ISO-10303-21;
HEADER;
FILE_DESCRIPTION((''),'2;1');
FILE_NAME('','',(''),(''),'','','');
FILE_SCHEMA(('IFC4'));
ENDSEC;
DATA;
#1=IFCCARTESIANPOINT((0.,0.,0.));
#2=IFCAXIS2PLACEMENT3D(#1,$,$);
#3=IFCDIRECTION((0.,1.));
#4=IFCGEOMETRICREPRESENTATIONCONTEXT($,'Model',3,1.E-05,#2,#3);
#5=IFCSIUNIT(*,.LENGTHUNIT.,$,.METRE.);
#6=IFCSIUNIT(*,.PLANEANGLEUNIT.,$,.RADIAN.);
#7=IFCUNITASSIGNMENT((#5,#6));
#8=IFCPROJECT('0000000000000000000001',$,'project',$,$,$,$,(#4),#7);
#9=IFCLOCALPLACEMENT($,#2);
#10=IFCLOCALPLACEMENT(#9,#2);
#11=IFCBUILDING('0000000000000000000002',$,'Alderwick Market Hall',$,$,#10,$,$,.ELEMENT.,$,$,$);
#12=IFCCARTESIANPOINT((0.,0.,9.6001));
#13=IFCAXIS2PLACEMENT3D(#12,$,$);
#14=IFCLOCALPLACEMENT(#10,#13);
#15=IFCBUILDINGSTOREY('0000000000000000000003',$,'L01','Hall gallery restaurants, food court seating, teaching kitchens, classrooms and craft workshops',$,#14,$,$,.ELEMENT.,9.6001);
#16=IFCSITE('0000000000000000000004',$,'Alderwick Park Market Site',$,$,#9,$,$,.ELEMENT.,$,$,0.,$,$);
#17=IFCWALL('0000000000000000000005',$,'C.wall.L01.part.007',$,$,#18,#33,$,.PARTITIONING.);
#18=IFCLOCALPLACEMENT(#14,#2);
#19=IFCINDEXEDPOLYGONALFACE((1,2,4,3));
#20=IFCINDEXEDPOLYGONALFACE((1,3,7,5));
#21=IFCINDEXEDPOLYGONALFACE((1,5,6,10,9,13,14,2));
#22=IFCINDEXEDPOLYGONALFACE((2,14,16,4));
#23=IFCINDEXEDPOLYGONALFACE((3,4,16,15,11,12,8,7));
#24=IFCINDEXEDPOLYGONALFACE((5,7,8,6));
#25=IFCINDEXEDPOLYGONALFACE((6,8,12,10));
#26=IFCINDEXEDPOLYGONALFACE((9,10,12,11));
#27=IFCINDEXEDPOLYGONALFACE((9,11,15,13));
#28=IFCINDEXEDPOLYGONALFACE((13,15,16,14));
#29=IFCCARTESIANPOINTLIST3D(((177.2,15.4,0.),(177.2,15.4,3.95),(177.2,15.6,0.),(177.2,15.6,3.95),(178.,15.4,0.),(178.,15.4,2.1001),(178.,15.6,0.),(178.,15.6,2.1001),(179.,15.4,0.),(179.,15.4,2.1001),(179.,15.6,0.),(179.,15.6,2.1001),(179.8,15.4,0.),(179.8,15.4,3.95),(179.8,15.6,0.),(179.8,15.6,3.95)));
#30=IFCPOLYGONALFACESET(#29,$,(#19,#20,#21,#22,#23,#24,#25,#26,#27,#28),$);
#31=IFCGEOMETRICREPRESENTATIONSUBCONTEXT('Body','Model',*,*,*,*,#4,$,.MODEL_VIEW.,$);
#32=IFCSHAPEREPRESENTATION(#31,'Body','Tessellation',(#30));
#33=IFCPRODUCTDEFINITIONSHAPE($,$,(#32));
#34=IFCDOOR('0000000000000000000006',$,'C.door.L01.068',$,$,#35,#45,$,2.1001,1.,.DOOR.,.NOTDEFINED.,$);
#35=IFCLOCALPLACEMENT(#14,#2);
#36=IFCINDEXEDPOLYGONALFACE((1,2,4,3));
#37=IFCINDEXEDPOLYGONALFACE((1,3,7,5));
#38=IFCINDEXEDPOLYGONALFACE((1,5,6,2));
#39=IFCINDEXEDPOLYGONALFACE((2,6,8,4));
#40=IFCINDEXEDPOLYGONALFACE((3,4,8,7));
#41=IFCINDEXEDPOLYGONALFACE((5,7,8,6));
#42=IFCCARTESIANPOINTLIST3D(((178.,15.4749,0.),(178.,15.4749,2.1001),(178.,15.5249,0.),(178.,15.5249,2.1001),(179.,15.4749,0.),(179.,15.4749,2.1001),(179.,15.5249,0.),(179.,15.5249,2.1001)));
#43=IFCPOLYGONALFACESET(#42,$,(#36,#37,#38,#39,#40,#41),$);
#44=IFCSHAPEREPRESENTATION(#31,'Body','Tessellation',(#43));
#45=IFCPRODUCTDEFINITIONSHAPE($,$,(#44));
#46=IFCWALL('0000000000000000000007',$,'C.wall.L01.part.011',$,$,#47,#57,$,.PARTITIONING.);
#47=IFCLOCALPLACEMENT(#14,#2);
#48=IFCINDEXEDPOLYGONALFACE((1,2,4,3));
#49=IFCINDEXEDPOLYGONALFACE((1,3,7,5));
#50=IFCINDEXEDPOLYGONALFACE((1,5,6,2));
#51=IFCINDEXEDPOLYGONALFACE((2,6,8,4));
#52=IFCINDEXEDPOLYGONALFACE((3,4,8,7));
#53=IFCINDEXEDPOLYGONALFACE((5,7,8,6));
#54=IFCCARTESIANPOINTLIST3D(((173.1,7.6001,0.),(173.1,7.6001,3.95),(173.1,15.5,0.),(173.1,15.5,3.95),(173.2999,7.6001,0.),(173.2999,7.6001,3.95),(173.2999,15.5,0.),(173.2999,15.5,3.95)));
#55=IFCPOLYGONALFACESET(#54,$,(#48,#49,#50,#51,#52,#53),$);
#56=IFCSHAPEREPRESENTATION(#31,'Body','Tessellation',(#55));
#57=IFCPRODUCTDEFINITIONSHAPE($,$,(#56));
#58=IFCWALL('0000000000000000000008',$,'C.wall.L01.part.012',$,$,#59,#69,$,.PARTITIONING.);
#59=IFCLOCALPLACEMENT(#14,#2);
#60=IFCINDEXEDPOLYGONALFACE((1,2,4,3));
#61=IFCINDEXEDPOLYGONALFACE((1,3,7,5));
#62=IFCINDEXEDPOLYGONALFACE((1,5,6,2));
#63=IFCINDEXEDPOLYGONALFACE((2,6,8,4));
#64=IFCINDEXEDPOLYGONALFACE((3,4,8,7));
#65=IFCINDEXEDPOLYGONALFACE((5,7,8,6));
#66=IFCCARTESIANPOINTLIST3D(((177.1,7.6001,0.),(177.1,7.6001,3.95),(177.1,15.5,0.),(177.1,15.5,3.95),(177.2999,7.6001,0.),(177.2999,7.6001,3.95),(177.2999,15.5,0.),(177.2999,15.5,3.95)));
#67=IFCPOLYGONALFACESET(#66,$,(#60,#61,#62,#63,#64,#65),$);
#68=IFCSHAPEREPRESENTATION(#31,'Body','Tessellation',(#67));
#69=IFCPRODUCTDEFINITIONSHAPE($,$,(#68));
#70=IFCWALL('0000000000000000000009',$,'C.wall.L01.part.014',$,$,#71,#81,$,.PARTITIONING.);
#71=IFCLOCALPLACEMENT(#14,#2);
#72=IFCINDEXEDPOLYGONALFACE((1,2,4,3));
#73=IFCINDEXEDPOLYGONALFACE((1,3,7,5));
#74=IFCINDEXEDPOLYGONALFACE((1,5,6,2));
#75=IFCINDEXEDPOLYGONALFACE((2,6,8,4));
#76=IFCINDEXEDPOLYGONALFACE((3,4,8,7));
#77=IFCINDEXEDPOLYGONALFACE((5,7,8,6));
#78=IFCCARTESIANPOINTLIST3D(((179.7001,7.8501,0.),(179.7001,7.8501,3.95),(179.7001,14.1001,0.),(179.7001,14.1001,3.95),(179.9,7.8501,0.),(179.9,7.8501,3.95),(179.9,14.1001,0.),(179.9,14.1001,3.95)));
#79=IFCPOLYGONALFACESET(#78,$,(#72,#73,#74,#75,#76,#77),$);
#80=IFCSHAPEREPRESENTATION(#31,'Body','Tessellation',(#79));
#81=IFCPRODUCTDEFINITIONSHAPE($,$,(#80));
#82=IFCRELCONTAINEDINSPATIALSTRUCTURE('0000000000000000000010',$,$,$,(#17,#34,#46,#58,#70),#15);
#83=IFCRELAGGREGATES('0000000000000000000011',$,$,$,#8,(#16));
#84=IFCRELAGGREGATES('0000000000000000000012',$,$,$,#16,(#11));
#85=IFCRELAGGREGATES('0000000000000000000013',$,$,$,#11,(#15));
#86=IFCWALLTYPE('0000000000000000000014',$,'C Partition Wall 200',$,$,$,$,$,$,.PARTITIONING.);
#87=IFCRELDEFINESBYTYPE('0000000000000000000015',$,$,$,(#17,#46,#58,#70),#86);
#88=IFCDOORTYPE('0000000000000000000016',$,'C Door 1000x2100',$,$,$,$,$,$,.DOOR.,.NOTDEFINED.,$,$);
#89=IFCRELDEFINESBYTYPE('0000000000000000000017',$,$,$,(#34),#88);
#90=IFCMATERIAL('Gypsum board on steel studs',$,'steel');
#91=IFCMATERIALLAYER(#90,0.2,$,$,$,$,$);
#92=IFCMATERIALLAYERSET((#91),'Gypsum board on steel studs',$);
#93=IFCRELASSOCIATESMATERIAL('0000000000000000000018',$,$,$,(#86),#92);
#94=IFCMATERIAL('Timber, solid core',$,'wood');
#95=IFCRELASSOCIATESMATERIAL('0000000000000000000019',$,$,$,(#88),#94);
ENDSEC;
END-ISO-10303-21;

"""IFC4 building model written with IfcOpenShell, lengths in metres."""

from ifc_helpers import new_model, si_unit, direction, frame, frame_2d, origin, place, context, subcontext, project, spatial, rectangle, extrude, material, layer, layer_set, type_object, element, fill, save


model = new_model("IFC4")

# Units and contexts
model_context = context("Model", 3, precision=1e-05, world=origin(), true_north=direction((0.0, 1.0)))
body_context = subcontext(model_context, "Body", "Model", "MODEL_VIEW")
ifc_project = project(units=[si_unit("LENGTHUNIT", "METRE"), si_unit("PLANEANGLEUNIT", "RADIAN")], contexts=[model_context])

# Site, building, storey
site_placement = place(None, origin())
site = spatial("IfcSite", under=ifc_project, at=site_placement, Name="Alderwick Park Market Site", CompositionType="ELEMENT", RefElevation=0.0)
building_placement = place(site_placement, origin())
building = spatial("IfcBuilding", under=site, at=building_placement, Name="Alderwick Market Hall", CompositionType="ELEMENT")
storey_placement = place(building_placement, frame((0.0, 0.0, 9.6001)))
storey = spatial("IfcBuildingStorey", under=building, at=storey_placement, Name="L01", Description="Hall gallery restaurants, food court seating, teaching kitchens, classrooms and craft workshops", CompositionType="ELEMENT", Elevation=9.6001)

# Wall, opening, door
ifc_material_1 = material(Name="Gypsum board on steel studs", Category="steel")
ifc_layer_1 = layer(ifc_material_1, 0.2)
ifc_layer_set_1 = layer_set([ifc_layer_1], Name="Gypsum board on steel studs")
wall_type_1 = type_object("IfcWallType", Name="C Partition Wall 200", PredefinedType="PARTITIONING", material=ifc_layer_set_1)
ifc_material_2 = material(Name="Timber, solid core", Category="wood")
wall_1_placement = place(storey_placement, frame((177.2, 15.5, 0.0), z_axis=(0.0, 0.0, 1.0), x_axis=(1.0, 0.0, 0.0)))
wall_1 = element("IfcWall", 1, at=wall_1_placement, inside=storey, type_object=wall_type_1, Name="C.wall.L01.part.007", PredefinedType="PARTITIONING", context=body_context, shape_type="SweptSolid", body=[
    extrude(rectangle(XDim=2.6001, YDim=0.2, at=frame_2d((1.3, 0.0))), origin(), (0.0, 0.0, 1.0), 3.95),
])
opening_1_placement = place(wall_1_placement, frame((0.8, 0.0, 0.0)))
opening_1 = element("IfcOpeningElement", 2, at=opening_1_placement, cuts=wall_1, PredefinedType="OPENING", context=body_context, shape_type="SweptSolid", body=[
    extrude(rectangle(XDim=1.0, YDim=2.1001, at=frame_2d((0.5, 1.05))), frame((0.0, 0.1099, 0.0), z_axis=(0.0, -1.0, 0.0), x_axis=(1.0, 0.0, 0.0)), (0.0, 0.0, 1.0), 0.22),
])
door_type_1 = type_object("IfcDoorType", Name="C Door 1000x2100", OperationType="NOTDEFINED", PredefinedType="DOOR", material=ifc_material_2)
door_1_placement = place(opening_1_placement, origin())
door_1 = element("IfcDoor", 3, at=door_1_placement, inside=storey, type_object=door_type_1, Name="C.door.L01.068", OperationType="NOTDEFINED", OverallHeight=2.1001, OverallWidth=1.0, PredefinedType="DOOR", context=body_context, shape_type="SweptSolid", body=[
    extrude(rectangle(XDim=1.0, YDim=2.1001, at=frame_2d((0.5, 1.05))), frame((0.0, 0.0249, 0.0), z_axis=(0.0, -1.0, 0.0), x_axis=(1.0, 0.0, 0.0)), (0.0, 0.0, 1.0), 0.05),
])
fill(opening_1, door_1)

# Walls
for number, where, z_axis, x_axis, name in (
    (4, (173.2, 15.5, 0.0), (0.0, 0.0, 1.0), (0.0, -1.0, 0.0), "C.wall.L01.part.011"),
    (5, (177.2, 15.5, 0.0), (0.0, 0.0, 1.0), (0.0, -1.0, 0.0), "C.wall.L01.part.012"),
):
    element("IfcWall", number, at=place(storey_placement, frame(where, z_axis=z_axis, x_axis=x_axis)), inside=storey, type_object=wall_type_1, Name=name, PredefinedType="PARTITIONING", context=body_context, shape_type="SweptSolid", body=[
        extrude(rectangle(XDim=7.8999, YDim=0.2, at=frame_2d((3.95, 0.0))), origin(), (0.0, 0.0, 1.0), 3.95),
    ])
wall_2_placement = place(storey_placement, frame((179.8, 14.1001, 0.0), z_axis=(0.0, 0.0, 1.0), x_axis=(0.0, -1.0, 0.0)))
element("IfcWall", 6, at=wall_2_placement, inside=storey, type_object=wall_type_1, Name="C.wall.L01.part.014", PredefinedType="PARTITIONING", context=body_context, shape_type="SweptSolid", body=[
    extrude(rectangle(XDim=6.25, YDim=0.2, at=frame_2d((3.125, 0.0))), origin(), (0.0, 0.0, 1.0), 3.95),
])

save(model, "model.ifc")
